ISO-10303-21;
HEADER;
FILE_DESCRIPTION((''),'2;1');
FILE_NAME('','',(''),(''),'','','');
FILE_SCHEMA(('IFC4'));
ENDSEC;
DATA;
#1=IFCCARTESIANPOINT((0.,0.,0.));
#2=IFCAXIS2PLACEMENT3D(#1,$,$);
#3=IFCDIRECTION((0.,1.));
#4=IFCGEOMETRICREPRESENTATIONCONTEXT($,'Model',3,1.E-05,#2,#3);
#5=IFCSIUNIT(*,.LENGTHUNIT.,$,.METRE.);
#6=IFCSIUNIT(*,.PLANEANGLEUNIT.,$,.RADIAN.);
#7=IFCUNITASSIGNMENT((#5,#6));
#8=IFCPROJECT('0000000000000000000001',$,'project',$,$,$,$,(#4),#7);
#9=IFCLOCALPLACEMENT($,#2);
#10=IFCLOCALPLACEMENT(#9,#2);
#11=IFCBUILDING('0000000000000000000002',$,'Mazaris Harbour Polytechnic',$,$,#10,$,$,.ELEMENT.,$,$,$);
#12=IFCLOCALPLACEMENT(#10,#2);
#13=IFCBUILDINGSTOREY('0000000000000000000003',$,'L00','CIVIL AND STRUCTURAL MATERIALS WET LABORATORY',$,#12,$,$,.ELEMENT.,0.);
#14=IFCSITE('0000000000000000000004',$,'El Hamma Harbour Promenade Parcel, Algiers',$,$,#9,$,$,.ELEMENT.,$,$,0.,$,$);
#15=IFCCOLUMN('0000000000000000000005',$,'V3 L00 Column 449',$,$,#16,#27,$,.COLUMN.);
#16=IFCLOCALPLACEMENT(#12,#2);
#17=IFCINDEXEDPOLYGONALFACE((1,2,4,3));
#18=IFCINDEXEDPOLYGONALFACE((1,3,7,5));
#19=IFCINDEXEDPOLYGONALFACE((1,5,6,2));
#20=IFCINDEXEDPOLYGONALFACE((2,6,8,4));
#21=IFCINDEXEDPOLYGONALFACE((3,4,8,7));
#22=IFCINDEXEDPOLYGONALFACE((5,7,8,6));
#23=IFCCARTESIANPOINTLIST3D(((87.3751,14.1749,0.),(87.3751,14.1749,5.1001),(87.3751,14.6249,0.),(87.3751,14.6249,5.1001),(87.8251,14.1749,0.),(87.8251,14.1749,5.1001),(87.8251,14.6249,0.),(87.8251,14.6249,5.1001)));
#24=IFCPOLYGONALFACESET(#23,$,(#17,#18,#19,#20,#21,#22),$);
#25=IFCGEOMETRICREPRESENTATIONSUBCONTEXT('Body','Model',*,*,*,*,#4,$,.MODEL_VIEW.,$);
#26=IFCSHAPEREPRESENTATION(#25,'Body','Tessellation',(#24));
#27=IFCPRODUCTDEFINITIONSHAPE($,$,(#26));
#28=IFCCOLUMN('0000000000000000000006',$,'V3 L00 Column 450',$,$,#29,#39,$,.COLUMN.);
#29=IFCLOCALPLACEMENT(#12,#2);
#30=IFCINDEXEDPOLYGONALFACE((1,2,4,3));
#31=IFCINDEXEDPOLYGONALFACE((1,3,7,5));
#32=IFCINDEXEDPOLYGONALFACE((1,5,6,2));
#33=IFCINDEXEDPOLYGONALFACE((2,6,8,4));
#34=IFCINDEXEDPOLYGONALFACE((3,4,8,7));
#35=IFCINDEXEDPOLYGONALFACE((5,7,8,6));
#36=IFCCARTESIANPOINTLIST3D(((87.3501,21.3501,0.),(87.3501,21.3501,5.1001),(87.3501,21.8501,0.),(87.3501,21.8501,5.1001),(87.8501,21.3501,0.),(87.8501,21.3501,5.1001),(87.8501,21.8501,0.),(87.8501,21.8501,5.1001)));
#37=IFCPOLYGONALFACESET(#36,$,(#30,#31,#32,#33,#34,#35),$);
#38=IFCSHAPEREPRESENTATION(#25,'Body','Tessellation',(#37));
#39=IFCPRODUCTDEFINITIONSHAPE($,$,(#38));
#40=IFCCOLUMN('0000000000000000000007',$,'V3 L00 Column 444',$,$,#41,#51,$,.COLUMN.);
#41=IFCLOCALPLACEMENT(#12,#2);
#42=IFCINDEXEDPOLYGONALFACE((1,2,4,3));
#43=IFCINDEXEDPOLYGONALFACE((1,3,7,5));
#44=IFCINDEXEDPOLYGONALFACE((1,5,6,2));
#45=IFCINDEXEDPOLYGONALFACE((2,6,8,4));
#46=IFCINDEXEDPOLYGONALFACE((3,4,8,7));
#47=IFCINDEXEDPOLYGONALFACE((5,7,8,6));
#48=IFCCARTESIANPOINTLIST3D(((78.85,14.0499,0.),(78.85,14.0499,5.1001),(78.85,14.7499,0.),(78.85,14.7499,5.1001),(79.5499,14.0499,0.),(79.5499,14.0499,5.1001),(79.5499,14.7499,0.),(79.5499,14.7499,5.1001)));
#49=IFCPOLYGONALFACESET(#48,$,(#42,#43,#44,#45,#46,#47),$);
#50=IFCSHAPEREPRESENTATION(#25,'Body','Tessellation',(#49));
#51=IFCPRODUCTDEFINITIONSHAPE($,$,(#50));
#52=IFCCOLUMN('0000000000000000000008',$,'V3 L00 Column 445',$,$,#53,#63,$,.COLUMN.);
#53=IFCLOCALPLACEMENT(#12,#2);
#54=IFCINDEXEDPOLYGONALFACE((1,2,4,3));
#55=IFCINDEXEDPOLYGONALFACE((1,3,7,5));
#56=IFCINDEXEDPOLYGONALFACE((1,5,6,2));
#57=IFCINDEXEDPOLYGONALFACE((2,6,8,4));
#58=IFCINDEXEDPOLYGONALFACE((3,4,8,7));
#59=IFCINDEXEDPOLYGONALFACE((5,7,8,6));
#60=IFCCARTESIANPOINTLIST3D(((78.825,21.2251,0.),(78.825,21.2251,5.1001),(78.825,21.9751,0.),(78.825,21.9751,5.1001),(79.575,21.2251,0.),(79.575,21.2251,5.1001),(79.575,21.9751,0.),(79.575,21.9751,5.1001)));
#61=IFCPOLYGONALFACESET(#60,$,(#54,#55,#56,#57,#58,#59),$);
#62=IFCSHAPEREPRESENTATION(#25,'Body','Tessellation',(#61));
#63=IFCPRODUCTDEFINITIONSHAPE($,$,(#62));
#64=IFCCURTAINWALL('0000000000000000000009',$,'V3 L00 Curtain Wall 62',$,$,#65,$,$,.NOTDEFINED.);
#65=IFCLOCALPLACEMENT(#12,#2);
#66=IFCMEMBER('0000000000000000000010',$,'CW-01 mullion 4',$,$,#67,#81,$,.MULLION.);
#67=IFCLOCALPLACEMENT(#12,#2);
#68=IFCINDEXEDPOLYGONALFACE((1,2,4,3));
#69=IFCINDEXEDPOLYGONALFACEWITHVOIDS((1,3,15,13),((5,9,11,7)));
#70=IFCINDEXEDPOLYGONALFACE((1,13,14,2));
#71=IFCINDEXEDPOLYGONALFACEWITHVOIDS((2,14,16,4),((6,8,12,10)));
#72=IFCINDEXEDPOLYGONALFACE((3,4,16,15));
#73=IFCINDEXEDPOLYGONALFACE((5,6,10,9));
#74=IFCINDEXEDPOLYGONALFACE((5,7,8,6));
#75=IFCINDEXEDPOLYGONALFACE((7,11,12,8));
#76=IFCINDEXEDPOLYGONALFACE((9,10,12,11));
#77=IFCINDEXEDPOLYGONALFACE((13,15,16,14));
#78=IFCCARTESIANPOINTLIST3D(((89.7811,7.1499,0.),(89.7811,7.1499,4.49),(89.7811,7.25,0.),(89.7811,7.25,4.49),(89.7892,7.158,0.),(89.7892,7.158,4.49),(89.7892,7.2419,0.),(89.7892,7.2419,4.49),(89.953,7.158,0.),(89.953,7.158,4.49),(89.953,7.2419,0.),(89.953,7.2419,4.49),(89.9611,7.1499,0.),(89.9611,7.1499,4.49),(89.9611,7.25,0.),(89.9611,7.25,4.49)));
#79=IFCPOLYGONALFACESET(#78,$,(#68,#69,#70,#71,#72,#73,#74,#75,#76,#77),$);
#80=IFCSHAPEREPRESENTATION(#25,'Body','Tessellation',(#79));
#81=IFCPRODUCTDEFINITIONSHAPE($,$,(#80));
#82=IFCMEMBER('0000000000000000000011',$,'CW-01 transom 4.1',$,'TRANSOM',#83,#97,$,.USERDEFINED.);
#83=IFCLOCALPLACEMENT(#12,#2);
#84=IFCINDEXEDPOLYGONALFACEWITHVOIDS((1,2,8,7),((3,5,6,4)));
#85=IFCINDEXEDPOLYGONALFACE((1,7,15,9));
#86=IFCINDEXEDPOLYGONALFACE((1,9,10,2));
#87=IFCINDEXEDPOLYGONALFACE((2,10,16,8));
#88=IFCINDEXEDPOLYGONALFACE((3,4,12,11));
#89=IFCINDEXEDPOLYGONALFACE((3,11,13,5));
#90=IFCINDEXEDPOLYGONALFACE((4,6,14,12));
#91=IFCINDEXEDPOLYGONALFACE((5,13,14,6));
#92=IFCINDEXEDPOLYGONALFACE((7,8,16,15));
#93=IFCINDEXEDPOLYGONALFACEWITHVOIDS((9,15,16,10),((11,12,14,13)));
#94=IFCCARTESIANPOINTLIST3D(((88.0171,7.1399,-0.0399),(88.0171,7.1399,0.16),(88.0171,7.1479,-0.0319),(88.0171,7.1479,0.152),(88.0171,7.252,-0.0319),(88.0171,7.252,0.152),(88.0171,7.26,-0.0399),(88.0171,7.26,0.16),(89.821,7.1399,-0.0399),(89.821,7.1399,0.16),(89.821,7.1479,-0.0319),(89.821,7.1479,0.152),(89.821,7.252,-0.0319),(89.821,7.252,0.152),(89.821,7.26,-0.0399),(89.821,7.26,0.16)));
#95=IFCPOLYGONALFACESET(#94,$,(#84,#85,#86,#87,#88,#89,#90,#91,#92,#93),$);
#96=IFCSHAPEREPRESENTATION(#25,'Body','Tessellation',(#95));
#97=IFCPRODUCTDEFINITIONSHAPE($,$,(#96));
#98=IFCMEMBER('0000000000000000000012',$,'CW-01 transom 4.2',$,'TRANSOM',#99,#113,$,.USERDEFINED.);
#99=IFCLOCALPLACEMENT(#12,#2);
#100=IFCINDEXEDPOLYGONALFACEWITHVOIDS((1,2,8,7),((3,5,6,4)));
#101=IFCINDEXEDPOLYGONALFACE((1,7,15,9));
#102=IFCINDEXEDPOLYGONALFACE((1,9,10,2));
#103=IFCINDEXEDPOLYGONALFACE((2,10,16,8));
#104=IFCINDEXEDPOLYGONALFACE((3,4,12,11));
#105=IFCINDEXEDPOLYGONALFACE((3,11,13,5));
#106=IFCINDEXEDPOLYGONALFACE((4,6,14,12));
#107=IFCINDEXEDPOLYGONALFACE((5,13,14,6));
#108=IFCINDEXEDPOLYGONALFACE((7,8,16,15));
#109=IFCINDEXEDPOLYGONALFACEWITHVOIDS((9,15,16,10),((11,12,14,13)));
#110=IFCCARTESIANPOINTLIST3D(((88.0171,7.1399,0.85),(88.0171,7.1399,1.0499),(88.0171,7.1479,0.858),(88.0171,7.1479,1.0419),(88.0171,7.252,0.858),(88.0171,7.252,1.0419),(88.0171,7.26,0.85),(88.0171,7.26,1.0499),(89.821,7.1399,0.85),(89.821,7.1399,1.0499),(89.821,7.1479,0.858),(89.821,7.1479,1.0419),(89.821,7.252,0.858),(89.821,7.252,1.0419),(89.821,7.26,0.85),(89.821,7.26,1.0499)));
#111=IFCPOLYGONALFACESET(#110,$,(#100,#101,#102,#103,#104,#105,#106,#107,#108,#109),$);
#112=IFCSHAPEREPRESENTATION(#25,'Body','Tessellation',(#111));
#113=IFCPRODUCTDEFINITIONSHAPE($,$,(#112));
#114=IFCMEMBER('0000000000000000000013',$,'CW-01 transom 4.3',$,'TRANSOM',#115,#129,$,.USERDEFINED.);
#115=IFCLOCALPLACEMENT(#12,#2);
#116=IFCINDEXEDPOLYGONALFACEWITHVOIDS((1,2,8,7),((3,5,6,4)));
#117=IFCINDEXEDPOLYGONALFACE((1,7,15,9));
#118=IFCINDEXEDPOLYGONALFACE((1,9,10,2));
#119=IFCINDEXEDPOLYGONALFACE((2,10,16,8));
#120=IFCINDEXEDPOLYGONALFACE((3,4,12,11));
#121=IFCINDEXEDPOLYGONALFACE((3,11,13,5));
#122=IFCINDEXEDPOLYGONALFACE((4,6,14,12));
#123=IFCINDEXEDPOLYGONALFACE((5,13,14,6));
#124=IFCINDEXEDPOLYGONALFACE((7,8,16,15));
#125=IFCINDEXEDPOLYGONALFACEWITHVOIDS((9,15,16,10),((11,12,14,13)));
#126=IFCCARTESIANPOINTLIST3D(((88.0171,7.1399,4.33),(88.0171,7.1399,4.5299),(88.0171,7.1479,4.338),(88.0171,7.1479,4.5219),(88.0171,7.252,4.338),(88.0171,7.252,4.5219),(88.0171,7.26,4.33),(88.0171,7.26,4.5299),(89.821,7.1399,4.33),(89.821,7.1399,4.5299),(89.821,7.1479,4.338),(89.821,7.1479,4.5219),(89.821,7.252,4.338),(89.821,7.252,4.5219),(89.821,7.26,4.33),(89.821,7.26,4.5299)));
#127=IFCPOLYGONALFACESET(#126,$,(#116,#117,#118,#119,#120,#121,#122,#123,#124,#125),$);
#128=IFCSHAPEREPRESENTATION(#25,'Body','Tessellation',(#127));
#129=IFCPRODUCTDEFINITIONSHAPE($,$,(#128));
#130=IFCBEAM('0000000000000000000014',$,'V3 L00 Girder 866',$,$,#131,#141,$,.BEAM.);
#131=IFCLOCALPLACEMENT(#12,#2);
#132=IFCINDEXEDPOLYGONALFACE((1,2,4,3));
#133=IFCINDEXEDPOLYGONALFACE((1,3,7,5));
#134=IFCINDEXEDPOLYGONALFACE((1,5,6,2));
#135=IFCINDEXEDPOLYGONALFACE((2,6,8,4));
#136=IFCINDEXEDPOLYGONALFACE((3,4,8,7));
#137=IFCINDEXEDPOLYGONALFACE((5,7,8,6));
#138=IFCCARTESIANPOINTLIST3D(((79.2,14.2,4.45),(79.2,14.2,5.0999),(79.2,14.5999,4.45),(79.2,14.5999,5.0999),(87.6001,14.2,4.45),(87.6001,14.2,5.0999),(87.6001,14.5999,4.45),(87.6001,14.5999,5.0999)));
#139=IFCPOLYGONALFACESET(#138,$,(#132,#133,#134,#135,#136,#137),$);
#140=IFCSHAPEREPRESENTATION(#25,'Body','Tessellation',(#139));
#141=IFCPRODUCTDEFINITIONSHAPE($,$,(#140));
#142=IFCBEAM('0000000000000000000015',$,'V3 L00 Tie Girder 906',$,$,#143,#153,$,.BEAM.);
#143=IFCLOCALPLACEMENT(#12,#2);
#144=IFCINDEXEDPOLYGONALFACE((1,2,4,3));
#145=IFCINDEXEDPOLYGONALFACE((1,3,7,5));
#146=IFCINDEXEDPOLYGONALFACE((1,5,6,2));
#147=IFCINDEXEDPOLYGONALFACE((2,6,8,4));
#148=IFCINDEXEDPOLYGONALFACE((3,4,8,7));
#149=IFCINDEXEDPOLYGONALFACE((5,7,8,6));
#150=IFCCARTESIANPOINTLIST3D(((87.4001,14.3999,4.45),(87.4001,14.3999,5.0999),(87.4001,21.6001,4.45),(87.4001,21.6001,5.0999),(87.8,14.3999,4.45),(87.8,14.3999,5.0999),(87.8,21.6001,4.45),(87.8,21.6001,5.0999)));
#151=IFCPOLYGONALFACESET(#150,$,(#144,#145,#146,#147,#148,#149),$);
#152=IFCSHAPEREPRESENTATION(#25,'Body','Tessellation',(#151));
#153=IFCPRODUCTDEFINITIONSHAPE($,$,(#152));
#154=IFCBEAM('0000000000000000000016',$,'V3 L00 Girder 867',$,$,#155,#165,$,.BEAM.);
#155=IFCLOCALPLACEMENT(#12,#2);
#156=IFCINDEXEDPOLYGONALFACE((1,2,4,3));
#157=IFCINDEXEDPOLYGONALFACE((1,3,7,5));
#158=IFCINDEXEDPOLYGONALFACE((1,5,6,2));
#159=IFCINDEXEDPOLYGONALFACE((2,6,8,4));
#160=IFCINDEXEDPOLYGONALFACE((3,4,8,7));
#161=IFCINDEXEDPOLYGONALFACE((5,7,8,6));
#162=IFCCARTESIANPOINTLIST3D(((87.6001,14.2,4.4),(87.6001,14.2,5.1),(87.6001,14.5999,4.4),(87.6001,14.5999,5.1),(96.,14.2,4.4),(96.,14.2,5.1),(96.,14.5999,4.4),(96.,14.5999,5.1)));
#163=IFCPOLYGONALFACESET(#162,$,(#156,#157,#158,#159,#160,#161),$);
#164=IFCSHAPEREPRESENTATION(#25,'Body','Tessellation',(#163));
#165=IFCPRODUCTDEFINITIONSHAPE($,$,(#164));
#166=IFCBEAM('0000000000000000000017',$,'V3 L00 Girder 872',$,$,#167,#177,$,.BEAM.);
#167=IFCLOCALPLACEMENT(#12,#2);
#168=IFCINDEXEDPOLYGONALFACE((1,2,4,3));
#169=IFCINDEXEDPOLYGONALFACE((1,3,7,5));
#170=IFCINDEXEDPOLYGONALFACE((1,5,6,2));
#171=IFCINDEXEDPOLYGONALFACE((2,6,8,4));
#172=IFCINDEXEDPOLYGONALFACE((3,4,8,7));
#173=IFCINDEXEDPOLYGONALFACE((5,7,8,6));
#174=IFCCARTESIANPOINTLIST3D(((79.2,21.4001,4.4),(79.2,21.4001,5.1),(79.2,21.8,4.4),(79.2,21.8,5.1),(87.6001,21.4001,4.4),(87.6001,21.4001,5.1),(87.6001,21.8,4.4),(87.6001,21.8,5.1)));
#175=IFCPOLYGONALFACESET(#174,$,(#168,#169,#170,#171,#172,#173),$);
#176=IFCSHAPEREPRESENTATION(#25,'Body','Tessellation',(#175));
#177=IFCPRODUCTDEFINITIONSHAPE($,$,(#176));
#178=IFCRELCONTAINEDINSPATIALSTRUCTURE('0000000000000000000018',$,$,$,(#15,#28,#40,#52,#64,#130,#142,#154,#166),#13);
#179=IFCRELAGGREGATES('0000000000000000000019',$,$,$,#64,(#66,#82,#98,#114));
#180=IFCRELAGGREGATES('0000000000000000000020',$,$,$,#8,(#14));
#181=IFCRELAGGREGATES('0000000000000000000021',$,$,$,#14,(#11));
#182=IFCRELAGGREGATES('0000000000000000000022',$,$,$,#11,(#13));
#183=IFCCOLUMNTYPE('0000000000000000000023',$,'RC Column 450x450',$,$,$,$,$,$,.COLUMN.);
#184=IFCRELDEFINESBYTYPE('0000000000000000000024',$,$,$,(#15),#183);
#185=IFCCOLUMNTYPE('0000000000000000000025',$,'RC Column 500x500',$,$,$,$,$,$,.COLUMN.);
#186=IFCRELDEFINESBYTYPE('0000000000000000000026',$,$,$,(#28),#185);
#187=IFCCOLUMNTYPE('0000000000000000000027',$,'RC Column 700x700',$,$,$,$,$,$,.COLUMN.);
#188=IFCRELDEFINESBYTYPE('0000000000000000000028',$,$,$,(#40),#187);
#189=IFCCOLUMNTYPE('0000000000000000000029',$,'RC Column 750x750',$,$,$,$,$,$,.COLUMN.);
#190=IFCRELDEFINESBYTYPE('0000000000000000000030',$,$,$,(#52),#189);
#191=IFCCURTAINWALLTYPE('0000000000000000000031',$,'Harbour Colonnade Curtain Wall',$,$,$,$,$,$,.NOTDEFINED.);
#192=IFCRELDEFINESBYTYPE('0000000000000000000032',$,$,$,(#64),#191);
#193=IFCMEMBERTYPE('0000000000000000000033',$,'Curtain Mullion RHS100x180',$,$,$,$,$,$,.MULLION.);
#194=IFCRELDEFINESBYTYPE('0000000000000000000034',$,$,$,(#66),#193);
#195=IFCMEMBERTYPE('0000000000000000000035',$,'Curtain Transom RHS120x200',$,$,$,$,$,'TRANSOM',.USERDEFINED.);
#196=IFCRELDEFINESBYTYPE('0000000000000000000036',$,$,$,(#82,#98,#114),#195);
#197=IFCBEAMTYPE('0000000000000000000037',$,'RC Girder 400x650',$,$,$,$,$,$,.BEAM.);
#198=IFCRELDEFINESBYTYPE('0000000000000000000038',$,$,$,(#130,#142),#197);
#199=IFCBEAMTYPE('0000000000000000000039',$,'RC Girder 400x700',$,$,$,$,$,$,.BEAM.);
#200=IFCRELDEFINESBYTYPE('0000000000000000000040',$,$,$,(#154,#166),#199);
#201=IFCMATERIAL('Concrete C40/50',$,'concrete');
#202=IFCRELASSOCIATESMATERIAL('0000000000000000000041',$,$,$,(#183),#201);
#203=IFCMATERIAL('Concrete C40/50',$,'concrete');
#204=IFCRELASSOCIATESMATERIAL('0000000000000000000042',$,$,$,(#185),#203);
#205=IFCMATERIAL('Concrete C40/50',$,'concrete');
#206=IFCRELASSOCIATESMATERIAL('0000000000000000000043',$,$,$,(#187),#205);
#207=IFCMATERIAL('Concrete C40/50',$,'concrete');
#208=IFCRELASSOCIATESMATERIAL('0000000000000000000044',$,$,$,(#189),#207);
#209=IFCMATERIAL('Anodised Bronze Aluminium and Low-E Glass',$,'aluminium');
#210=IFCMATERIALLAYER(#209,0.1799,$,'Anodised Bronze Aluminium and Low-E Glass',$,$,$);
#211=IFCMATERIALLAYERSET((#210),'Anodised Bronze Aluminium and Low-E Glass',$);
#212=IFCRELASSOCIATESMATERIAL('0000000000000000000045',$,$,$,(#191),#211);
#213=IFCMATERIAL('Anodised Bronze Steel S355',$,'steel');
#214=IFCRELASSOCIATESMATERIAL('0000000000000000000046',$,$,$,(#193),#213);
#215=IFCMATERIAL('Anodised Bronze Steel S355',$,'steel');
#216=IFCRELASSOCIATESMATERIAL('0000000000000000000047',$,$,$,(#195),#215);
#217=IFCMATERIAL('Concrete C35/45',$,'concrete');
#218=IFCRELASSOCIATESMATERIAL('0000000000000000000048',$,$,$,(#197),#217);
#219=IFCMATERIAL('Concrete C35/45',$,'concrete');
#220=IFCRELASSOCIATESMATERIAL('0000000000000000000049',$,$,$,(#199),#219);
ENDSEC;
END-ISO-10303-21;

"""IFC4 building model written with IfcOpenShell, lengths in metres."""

from ifc_helpers import new_model, si_unit, direction, frame, origin, origin_2d, place, context, subcontext, project, spatial, rectangle, hollow_rectangle, extrude, material, layer, layer_set, material_profile, profile_set, type_object, element, aggregate, save


model = new_model("IFC4")

# Units and contexts
model_context = context("Model", 3, precision=1e-05, world=origin(), true_north=direction((0.0, 1.0)))
body_context = subcontext(model_context, "Body", "Model", "MODEL_VIEW")
ifc_project = project(units=[si_unit("LENGTHUNIT", "METRE"), si_unit("PLANEANGLEUNIT", "RADIAN")], contexts=[model_context])

# Site, building, storey
site_placement = place(None, origin())
site = spatial("IfcSite", under=ifc_project, at=site_placement, Name="El Hamma Harbour Promenade Parcel, Algiers", CompositionType="ELEMENT", RefElevation=0.0)
building_placement = place(site_placement, origin())
building = spatial("IfcBuilding", under=site, at=building_placement, Name="Mazaris Harbour Polytechnic", CompositionType="ELEMENT")
storey_placement = place(building_placement, origin())
storey = spatial("IfcBuildingStorey", under=building, at=storey_placement, Name="L00", Description="CIVIL AND STRUCTURAL MATERIALS WET LABORATORY", CompositionType="ELEMENT", Elevation=0.0)

# Columns
ifc_material_1 = material(Name="Concrete C40/50", Category="concrete")
ifc_material_profile_1 = material_profile(ifc_material_1, rectangle(XDim=0.45, YDim=0.45, at=origin_2d()), Name="RECT450x450")
ifc_profile_set_1 = profile_set([ifc_material_profile_1], Name="Concrete C40/50")
column_type_1 = type_object("IfcColumnType", Name="RC Column 450x450", PredefinedType="COLUMN", material=ifc_profile_set_1)
column_1_placement = place(storey_placement, frame((87.6001, 14.3999, 0.0), z_axis=(0.0, 0.0, 1.0), x_axis=(1.0, 0.0, 0.0)))
element("IfcColumn", 1, at=column_1_placement, inside=storey, type_object=column_type_1, Name="V3 L00 Column 449", PredefinedType="COLUMN", context=body_context, shape_type="SweptSolid", body=[
    extrude(rectangle(XDim=0.45, YDim=0.45, at=origin_2d()), origin(), (0.0, 0.0, 1.0), 5.1001),
])
ifc_material_2 = material(Name="Concrete C40/50", Category="concrete")
ifc_material_profile_2 = material_profile(ifc_material_2, rectangle(XDim=0.5, YDim=0.5, at=origin_2d()), Name="RECT500x500")
ifc_profile_set_2 = profile_set([ifc_material_profile_2], Name="Concrete C40/50")
column_type_2 = type_object("IfcColumnType", Name="RC Column 500x500", PredefinedType="COLUMN", material=ifc_profile_set_2)
column_2_placement = place(storey_placement, frame((87.6001, 21.6001, 0.0), z_axis=(0.0, 0.0, 1.0), x_axis=(1.0, 0.0, 0.0)))
element("IfcColumn", 2, at=column_2_placement, inside=storey, type_object=column_type_2, Name="V3 L00 Column 450", PredefinedType="COLUMN", context=body_context, shape_type="SweptSolid", body=[
    extrude(rectangle(XDim=0.5, YDim=0.5, at=origin_2d()), origin(), (0.0, 0.0, 1.0), 5.1001),
])
ifc_material_3 = material(Name="Concrete C40/50", Category="concrete")
ifc_material_profile_3 = material_profile(ifc_material_3, rectangle(XDim=0.7, YDim=0.7, at=origin_2d()), Name="RECT700x700")
ifc_profile_set_3 = profile_set([ifc_material_profile_3], Name="Concrete C40/50")
column_type_3 = type_object("IfcColumnType", Name="RC Column 700x700", PredefinedType="COLUMN", material=ifc_profile_set_3)
column_3_placement = place(storey_placement, frame((79.2, 14.3999, 0.0), z_axis=(0.0, 0.0, 1.0), x_axis=(1.0, 0.0, 0.0)))
element("IfcColumn", 3, at=column_3_placement, inside=storey, type_object=column_type_3, Name="V3 L00 Column 444", PredefinedType="COLUMN", context=body_context, shape_type="SweptSolid", body=[
    extrude(rectangle(XDim=0.7, YDim=0.7, at=origin_2d()), origin(), (0.0, 0.0, 1.0), 5.1001),
])
ifc_material_4 = material(Name="Concrete C40/50", Category="concrete")
ifc_material_profile_4 = material_profile(ifc_material_4, rectangle(XDim=0.75, YDim=0.75, at=origin_2d()), Name="RECT750x750")
ifc_profile_set_4 = profile_set([ifc_material_profile_4], Name="Concrete C40/50")
column_type_4 = type_object("IfcColumnType", Name="RC Column 750x750", PredefinedType="COLUMN", material=ifc_profile_set_4)
column_4_placement = place(storey_placement, frame((79.2, 21.6001, 0.0), z_axis=(0.0, 0.0, 1.0), x_axis=(1.0, 0.0, 0.0)))
element("IfcColumn", 4, at=column_4_placement, inside=storey, type_object=column_type_4, Name="V3 L00 Column 445", PredefinedType="COLUMN", context=body_context, shape_type="SweptSolid", body=[
    extrude(rectangle(XDim=0.75, YDim=0.75, at=origin_2d()), origin(), (0.0, 0.0, 1.0), 5.1001),
])

# Curtain wall, members
ifc_material_5 = material(Name="Anodised Bronze Aluminium and Low-E Glass", Category="aluminium")
ifc_layer_1 = layer(ifc_material_5, 0.1799, Name="Anodised Bronze Aluminium and Low-E Glass")
ifc_layer_set_1 = layer_set([ifc_layer_1], Name="Anodised Bronze Aluminium and Low-E Glass")
curtain_wall_type = type_object("IfcCurtainWallType", Name="Harbour Colonnade Curtain Wall", PredefinedType="NOTDEFINED", material=ifc_layer_set_1)
curtain_wall_placement = place(storey_placement, origin())
curtain_wall = element("IfcCurtainWall", 5, at=curtain_wall_placement, inside=storey, type_object=curtain_wall_type, Name="V3 L00 Curtain Wall 62", PredefinedType="NOTDEFINED")
ifc_material_6 = material(Name="Anodised Bronze Steel S355", Category="steel")
ifc_material_profile_5 = material_profile(ifc_material_6, hollow_rectangle(XDim=0.1001, YDim=0.1799, WallThickness=0.0081, at=origin_2d()), Name="RHS 100x180x8.0")
ifc_profile_set_5 = profile_set([ifc_material_profile_5], Name="Anodised Bronze Steel S355")
member_type_1 = type_object("IfcMemberType", Name="Curtain Mullion RHS100x180", PredefinedType="MULLION", material=ifc_profile_set_5)
member_1_placement = place(storey_placement, frame((89.8711, 7.2, 0.0), z_axis=(0.0, 0.0, 1.0), x_axis=(0.0, -1.0, 0.0)))
member_1 = element("IfcMember", 6, at=member_1_placement, type_object=member_type_1, Name="CW-01 mullion 4", PredefinedType="MULLION", context=body_context, shape_type="SweptSolid", body=[
    extrude(hollow_rectangle(XDim=0.1001, YDim=0.1799, WallThickness=0.0081, at=origin_2d()), origin(), (0.0, 0.0, 1.0), 4.49),
])
ifc_material_7 = material(Name="Anodised Bronze Steel S355", Category="steel")
ifc_material_profile_6 = material_profile(ifc_material_7, hollow_rectangle(XDim=0.1201, YDim=0.2, WallThickness=0.0081, at=origin_2d()), Name="RHS 120x200x8.0")
ifc_profile_set_6 = profile_set([ifc_material_profile_6], Name="Anodised Bronze Steel S355")
member_type_2 = type_object("IfcMemberType", Name="Curtain Transom RHS120x200", ElementType="TRANSOM", PredefinedType="USERDEFINED", material=ifc_profile_set_6)
member_2_placement = place(storey_placement, frame((89.821, 7.2, 0.0601), z_axis=(-1.0, 0.0, 0.0), x_axis=(0.0, -1.0, 0.0)))
member_2 = element("IfcMember", 7, at=member_2_placement, type_object=member_type_2, Name="CW-01 transom 4.1", ObjectType="TRANSOM", PredefinedType="USERDEFINED", context=body_context, shape_type="SweptSolid", body=[
    extrude(hollow_rectangle(XDim=0.1201, YDim=0.2, WallThickness=0.0081, at=origin_2d()), origin(), (0.0, 0.0, 1.0), 1.804),
])
member_3_placement = place(storey_placement, frame((89.821, 7.2, 0.95), z_axis=(-1.0, 0.0, 0.0), x_axis=(0.0, -1.0, 0.0)))
member_3 = element("IfcMember", 8, at=member_3_placement, type_object=member_type_2, Name="CW-01 transom 4.2", ObjectType="TRANSOM", PredefinedType="USERDEFINED", context=body_context, shape_type="SweptSolid", body=[
    extrude(hollow_rectangle(XDim=0.1201, YDim=0.2, WallThickness=0.0081, at=origin_2d()), origin(), (0.0, 0.0, 1.0), 1.804),
])
member_4_placement = place(storey_placement, frame((89.821, 7.2, 4.4299), z_axis=(-1.0, 0.0, 0.0), x_axis=(0.0, -1.0, 0.0)))
member_4 = element("IfcMember", 9, at=member_4_placement, type_object=member_type_2, Name="CW-01 transom 4.3", ObjectType="TRANSOM", PredefinedType="USERDEFINED", context=body_context, shape_type="SweptSolid", body=[
    extrude(hollow_rectangle(XDim=0.1201, YDim=0.2, WallThickness=0.0081, at=origin_2d()), origin(), (0.0, 0.0, 1.0), 1.804),
])

# Beams
ifc_material_8 = material(Name="Concrete C35/45", Category="concrete")
ifc_material_profile_7 = material_profile(ifc_material_8, rectangle(XDim=0.3999, YDim=0.6499, at=origin_2d()), Name="RECT400x650")
ifc_profile_set_7 = profile_set([ifc_material_profile_7], Name="Concrete C35/45")
beam_type_1 = type_object("IfcBeamType", Name="RC Girder 400x650", PredefinedType="BEAM", material=ifc_profile_set_7)
beam_1_placement = place(storey_placement, frame((79.2, 14.3999, 4.7749), z_axis=(1.0, 0.0, 0.0), x_axis=(0.0, 1.0, 0.0)))
element("IfcBeam", 10, at=beam_1_placement, inside=storey, type_object=beam_type_1, Name="V3 L00 Girder 866", PredefinedType="BEAM", context=body_context, shape_type="SweptSolid", body=[
    extrude(rectangle(XDim=0.3999, YDim=0.6499, at=origin_2d()), origin(), (0.0, 0.0, 1.0), 8.4001),
])
beam_2_placement = place(storey_placement, frame((87.6001, 14.3999, 4.7749), z_axis=(0.0, 1.0, 0.0), x_axis=(-1.0, 0.0, 0.0)))
element("IfcBeam", 11, at=beam_2_placement, inside=storey, type_object=beam_type_1, Name="V3 L00 Tie Girder 906", PredefinedType="BEAM", context=body_context, shape_type="SweptSolid", body=[
    extrude(rectangle(XDim=0.3999, YDim=0.6499, at=origin_2d()), origin(), (0.0, 0.0, 1.0), 7.2002),
])
ifc_material_9 = material(Name="Concrete C35/45", Category="concrete")
ifc_material_profile_8 = material_profile(ifc_material_9, rectangle(XDim=0.3999, YDim=0.7, at=origin_2d()), Name="RECT400x700")
ifc_profile_set_8 = profile_set([ifc_material_profile_8], Name="Concrete C35/45")
beam_type_2 = type_object("IfcBeamType", Name="RC Girder 400x700", PredefinedType="BEAM", material=ifc_profile_set_8)
beam_3_placement = place(storey_placement, frame((87.6001, 14.3999, 4.75), z_axis=(1.0, 0.0, 0.0), x_axis=(0.0, 1.0, 0.0)))
element("IfcBeam", 12, at=beam_3_placement, inside=storey, type_object=beam_type_2, Name="V3 L00 Girder 867", PredefinedType="BEAM", context=body_context, shape_type="SweptSolid", body=[
    extrude(rectangle(XDim=0.3999, YDim=0.7, at=origin_2d()), origin(), (0.0, 0.0, 1.0), 8.3999),
])
beam_4_placement = place(storey_placement, frame((79.2, 21.6001, 4.75), z_axis=(1.0, 0.0, 0.0), x_axis=(0.0, 1.0, 0.0)))
element("IfcBeam", 13, at=beam_4_placement, inside=storey, type_object=beam_type_2, Name="V3 L00 Girder 872", PredefinedType="BEAM", context=body_context, shape_type="SweptSolid", body=[
    extrude(rectangle(XDim=0.3999, YDim=0.7, at=origin_2d()), origin(), (0.0, 0.0, 1.0), 8.4001),
])

aggregate(curtain_wall, [member_1, member_2, member_3, member_4])

save(model, "model.ifc")
